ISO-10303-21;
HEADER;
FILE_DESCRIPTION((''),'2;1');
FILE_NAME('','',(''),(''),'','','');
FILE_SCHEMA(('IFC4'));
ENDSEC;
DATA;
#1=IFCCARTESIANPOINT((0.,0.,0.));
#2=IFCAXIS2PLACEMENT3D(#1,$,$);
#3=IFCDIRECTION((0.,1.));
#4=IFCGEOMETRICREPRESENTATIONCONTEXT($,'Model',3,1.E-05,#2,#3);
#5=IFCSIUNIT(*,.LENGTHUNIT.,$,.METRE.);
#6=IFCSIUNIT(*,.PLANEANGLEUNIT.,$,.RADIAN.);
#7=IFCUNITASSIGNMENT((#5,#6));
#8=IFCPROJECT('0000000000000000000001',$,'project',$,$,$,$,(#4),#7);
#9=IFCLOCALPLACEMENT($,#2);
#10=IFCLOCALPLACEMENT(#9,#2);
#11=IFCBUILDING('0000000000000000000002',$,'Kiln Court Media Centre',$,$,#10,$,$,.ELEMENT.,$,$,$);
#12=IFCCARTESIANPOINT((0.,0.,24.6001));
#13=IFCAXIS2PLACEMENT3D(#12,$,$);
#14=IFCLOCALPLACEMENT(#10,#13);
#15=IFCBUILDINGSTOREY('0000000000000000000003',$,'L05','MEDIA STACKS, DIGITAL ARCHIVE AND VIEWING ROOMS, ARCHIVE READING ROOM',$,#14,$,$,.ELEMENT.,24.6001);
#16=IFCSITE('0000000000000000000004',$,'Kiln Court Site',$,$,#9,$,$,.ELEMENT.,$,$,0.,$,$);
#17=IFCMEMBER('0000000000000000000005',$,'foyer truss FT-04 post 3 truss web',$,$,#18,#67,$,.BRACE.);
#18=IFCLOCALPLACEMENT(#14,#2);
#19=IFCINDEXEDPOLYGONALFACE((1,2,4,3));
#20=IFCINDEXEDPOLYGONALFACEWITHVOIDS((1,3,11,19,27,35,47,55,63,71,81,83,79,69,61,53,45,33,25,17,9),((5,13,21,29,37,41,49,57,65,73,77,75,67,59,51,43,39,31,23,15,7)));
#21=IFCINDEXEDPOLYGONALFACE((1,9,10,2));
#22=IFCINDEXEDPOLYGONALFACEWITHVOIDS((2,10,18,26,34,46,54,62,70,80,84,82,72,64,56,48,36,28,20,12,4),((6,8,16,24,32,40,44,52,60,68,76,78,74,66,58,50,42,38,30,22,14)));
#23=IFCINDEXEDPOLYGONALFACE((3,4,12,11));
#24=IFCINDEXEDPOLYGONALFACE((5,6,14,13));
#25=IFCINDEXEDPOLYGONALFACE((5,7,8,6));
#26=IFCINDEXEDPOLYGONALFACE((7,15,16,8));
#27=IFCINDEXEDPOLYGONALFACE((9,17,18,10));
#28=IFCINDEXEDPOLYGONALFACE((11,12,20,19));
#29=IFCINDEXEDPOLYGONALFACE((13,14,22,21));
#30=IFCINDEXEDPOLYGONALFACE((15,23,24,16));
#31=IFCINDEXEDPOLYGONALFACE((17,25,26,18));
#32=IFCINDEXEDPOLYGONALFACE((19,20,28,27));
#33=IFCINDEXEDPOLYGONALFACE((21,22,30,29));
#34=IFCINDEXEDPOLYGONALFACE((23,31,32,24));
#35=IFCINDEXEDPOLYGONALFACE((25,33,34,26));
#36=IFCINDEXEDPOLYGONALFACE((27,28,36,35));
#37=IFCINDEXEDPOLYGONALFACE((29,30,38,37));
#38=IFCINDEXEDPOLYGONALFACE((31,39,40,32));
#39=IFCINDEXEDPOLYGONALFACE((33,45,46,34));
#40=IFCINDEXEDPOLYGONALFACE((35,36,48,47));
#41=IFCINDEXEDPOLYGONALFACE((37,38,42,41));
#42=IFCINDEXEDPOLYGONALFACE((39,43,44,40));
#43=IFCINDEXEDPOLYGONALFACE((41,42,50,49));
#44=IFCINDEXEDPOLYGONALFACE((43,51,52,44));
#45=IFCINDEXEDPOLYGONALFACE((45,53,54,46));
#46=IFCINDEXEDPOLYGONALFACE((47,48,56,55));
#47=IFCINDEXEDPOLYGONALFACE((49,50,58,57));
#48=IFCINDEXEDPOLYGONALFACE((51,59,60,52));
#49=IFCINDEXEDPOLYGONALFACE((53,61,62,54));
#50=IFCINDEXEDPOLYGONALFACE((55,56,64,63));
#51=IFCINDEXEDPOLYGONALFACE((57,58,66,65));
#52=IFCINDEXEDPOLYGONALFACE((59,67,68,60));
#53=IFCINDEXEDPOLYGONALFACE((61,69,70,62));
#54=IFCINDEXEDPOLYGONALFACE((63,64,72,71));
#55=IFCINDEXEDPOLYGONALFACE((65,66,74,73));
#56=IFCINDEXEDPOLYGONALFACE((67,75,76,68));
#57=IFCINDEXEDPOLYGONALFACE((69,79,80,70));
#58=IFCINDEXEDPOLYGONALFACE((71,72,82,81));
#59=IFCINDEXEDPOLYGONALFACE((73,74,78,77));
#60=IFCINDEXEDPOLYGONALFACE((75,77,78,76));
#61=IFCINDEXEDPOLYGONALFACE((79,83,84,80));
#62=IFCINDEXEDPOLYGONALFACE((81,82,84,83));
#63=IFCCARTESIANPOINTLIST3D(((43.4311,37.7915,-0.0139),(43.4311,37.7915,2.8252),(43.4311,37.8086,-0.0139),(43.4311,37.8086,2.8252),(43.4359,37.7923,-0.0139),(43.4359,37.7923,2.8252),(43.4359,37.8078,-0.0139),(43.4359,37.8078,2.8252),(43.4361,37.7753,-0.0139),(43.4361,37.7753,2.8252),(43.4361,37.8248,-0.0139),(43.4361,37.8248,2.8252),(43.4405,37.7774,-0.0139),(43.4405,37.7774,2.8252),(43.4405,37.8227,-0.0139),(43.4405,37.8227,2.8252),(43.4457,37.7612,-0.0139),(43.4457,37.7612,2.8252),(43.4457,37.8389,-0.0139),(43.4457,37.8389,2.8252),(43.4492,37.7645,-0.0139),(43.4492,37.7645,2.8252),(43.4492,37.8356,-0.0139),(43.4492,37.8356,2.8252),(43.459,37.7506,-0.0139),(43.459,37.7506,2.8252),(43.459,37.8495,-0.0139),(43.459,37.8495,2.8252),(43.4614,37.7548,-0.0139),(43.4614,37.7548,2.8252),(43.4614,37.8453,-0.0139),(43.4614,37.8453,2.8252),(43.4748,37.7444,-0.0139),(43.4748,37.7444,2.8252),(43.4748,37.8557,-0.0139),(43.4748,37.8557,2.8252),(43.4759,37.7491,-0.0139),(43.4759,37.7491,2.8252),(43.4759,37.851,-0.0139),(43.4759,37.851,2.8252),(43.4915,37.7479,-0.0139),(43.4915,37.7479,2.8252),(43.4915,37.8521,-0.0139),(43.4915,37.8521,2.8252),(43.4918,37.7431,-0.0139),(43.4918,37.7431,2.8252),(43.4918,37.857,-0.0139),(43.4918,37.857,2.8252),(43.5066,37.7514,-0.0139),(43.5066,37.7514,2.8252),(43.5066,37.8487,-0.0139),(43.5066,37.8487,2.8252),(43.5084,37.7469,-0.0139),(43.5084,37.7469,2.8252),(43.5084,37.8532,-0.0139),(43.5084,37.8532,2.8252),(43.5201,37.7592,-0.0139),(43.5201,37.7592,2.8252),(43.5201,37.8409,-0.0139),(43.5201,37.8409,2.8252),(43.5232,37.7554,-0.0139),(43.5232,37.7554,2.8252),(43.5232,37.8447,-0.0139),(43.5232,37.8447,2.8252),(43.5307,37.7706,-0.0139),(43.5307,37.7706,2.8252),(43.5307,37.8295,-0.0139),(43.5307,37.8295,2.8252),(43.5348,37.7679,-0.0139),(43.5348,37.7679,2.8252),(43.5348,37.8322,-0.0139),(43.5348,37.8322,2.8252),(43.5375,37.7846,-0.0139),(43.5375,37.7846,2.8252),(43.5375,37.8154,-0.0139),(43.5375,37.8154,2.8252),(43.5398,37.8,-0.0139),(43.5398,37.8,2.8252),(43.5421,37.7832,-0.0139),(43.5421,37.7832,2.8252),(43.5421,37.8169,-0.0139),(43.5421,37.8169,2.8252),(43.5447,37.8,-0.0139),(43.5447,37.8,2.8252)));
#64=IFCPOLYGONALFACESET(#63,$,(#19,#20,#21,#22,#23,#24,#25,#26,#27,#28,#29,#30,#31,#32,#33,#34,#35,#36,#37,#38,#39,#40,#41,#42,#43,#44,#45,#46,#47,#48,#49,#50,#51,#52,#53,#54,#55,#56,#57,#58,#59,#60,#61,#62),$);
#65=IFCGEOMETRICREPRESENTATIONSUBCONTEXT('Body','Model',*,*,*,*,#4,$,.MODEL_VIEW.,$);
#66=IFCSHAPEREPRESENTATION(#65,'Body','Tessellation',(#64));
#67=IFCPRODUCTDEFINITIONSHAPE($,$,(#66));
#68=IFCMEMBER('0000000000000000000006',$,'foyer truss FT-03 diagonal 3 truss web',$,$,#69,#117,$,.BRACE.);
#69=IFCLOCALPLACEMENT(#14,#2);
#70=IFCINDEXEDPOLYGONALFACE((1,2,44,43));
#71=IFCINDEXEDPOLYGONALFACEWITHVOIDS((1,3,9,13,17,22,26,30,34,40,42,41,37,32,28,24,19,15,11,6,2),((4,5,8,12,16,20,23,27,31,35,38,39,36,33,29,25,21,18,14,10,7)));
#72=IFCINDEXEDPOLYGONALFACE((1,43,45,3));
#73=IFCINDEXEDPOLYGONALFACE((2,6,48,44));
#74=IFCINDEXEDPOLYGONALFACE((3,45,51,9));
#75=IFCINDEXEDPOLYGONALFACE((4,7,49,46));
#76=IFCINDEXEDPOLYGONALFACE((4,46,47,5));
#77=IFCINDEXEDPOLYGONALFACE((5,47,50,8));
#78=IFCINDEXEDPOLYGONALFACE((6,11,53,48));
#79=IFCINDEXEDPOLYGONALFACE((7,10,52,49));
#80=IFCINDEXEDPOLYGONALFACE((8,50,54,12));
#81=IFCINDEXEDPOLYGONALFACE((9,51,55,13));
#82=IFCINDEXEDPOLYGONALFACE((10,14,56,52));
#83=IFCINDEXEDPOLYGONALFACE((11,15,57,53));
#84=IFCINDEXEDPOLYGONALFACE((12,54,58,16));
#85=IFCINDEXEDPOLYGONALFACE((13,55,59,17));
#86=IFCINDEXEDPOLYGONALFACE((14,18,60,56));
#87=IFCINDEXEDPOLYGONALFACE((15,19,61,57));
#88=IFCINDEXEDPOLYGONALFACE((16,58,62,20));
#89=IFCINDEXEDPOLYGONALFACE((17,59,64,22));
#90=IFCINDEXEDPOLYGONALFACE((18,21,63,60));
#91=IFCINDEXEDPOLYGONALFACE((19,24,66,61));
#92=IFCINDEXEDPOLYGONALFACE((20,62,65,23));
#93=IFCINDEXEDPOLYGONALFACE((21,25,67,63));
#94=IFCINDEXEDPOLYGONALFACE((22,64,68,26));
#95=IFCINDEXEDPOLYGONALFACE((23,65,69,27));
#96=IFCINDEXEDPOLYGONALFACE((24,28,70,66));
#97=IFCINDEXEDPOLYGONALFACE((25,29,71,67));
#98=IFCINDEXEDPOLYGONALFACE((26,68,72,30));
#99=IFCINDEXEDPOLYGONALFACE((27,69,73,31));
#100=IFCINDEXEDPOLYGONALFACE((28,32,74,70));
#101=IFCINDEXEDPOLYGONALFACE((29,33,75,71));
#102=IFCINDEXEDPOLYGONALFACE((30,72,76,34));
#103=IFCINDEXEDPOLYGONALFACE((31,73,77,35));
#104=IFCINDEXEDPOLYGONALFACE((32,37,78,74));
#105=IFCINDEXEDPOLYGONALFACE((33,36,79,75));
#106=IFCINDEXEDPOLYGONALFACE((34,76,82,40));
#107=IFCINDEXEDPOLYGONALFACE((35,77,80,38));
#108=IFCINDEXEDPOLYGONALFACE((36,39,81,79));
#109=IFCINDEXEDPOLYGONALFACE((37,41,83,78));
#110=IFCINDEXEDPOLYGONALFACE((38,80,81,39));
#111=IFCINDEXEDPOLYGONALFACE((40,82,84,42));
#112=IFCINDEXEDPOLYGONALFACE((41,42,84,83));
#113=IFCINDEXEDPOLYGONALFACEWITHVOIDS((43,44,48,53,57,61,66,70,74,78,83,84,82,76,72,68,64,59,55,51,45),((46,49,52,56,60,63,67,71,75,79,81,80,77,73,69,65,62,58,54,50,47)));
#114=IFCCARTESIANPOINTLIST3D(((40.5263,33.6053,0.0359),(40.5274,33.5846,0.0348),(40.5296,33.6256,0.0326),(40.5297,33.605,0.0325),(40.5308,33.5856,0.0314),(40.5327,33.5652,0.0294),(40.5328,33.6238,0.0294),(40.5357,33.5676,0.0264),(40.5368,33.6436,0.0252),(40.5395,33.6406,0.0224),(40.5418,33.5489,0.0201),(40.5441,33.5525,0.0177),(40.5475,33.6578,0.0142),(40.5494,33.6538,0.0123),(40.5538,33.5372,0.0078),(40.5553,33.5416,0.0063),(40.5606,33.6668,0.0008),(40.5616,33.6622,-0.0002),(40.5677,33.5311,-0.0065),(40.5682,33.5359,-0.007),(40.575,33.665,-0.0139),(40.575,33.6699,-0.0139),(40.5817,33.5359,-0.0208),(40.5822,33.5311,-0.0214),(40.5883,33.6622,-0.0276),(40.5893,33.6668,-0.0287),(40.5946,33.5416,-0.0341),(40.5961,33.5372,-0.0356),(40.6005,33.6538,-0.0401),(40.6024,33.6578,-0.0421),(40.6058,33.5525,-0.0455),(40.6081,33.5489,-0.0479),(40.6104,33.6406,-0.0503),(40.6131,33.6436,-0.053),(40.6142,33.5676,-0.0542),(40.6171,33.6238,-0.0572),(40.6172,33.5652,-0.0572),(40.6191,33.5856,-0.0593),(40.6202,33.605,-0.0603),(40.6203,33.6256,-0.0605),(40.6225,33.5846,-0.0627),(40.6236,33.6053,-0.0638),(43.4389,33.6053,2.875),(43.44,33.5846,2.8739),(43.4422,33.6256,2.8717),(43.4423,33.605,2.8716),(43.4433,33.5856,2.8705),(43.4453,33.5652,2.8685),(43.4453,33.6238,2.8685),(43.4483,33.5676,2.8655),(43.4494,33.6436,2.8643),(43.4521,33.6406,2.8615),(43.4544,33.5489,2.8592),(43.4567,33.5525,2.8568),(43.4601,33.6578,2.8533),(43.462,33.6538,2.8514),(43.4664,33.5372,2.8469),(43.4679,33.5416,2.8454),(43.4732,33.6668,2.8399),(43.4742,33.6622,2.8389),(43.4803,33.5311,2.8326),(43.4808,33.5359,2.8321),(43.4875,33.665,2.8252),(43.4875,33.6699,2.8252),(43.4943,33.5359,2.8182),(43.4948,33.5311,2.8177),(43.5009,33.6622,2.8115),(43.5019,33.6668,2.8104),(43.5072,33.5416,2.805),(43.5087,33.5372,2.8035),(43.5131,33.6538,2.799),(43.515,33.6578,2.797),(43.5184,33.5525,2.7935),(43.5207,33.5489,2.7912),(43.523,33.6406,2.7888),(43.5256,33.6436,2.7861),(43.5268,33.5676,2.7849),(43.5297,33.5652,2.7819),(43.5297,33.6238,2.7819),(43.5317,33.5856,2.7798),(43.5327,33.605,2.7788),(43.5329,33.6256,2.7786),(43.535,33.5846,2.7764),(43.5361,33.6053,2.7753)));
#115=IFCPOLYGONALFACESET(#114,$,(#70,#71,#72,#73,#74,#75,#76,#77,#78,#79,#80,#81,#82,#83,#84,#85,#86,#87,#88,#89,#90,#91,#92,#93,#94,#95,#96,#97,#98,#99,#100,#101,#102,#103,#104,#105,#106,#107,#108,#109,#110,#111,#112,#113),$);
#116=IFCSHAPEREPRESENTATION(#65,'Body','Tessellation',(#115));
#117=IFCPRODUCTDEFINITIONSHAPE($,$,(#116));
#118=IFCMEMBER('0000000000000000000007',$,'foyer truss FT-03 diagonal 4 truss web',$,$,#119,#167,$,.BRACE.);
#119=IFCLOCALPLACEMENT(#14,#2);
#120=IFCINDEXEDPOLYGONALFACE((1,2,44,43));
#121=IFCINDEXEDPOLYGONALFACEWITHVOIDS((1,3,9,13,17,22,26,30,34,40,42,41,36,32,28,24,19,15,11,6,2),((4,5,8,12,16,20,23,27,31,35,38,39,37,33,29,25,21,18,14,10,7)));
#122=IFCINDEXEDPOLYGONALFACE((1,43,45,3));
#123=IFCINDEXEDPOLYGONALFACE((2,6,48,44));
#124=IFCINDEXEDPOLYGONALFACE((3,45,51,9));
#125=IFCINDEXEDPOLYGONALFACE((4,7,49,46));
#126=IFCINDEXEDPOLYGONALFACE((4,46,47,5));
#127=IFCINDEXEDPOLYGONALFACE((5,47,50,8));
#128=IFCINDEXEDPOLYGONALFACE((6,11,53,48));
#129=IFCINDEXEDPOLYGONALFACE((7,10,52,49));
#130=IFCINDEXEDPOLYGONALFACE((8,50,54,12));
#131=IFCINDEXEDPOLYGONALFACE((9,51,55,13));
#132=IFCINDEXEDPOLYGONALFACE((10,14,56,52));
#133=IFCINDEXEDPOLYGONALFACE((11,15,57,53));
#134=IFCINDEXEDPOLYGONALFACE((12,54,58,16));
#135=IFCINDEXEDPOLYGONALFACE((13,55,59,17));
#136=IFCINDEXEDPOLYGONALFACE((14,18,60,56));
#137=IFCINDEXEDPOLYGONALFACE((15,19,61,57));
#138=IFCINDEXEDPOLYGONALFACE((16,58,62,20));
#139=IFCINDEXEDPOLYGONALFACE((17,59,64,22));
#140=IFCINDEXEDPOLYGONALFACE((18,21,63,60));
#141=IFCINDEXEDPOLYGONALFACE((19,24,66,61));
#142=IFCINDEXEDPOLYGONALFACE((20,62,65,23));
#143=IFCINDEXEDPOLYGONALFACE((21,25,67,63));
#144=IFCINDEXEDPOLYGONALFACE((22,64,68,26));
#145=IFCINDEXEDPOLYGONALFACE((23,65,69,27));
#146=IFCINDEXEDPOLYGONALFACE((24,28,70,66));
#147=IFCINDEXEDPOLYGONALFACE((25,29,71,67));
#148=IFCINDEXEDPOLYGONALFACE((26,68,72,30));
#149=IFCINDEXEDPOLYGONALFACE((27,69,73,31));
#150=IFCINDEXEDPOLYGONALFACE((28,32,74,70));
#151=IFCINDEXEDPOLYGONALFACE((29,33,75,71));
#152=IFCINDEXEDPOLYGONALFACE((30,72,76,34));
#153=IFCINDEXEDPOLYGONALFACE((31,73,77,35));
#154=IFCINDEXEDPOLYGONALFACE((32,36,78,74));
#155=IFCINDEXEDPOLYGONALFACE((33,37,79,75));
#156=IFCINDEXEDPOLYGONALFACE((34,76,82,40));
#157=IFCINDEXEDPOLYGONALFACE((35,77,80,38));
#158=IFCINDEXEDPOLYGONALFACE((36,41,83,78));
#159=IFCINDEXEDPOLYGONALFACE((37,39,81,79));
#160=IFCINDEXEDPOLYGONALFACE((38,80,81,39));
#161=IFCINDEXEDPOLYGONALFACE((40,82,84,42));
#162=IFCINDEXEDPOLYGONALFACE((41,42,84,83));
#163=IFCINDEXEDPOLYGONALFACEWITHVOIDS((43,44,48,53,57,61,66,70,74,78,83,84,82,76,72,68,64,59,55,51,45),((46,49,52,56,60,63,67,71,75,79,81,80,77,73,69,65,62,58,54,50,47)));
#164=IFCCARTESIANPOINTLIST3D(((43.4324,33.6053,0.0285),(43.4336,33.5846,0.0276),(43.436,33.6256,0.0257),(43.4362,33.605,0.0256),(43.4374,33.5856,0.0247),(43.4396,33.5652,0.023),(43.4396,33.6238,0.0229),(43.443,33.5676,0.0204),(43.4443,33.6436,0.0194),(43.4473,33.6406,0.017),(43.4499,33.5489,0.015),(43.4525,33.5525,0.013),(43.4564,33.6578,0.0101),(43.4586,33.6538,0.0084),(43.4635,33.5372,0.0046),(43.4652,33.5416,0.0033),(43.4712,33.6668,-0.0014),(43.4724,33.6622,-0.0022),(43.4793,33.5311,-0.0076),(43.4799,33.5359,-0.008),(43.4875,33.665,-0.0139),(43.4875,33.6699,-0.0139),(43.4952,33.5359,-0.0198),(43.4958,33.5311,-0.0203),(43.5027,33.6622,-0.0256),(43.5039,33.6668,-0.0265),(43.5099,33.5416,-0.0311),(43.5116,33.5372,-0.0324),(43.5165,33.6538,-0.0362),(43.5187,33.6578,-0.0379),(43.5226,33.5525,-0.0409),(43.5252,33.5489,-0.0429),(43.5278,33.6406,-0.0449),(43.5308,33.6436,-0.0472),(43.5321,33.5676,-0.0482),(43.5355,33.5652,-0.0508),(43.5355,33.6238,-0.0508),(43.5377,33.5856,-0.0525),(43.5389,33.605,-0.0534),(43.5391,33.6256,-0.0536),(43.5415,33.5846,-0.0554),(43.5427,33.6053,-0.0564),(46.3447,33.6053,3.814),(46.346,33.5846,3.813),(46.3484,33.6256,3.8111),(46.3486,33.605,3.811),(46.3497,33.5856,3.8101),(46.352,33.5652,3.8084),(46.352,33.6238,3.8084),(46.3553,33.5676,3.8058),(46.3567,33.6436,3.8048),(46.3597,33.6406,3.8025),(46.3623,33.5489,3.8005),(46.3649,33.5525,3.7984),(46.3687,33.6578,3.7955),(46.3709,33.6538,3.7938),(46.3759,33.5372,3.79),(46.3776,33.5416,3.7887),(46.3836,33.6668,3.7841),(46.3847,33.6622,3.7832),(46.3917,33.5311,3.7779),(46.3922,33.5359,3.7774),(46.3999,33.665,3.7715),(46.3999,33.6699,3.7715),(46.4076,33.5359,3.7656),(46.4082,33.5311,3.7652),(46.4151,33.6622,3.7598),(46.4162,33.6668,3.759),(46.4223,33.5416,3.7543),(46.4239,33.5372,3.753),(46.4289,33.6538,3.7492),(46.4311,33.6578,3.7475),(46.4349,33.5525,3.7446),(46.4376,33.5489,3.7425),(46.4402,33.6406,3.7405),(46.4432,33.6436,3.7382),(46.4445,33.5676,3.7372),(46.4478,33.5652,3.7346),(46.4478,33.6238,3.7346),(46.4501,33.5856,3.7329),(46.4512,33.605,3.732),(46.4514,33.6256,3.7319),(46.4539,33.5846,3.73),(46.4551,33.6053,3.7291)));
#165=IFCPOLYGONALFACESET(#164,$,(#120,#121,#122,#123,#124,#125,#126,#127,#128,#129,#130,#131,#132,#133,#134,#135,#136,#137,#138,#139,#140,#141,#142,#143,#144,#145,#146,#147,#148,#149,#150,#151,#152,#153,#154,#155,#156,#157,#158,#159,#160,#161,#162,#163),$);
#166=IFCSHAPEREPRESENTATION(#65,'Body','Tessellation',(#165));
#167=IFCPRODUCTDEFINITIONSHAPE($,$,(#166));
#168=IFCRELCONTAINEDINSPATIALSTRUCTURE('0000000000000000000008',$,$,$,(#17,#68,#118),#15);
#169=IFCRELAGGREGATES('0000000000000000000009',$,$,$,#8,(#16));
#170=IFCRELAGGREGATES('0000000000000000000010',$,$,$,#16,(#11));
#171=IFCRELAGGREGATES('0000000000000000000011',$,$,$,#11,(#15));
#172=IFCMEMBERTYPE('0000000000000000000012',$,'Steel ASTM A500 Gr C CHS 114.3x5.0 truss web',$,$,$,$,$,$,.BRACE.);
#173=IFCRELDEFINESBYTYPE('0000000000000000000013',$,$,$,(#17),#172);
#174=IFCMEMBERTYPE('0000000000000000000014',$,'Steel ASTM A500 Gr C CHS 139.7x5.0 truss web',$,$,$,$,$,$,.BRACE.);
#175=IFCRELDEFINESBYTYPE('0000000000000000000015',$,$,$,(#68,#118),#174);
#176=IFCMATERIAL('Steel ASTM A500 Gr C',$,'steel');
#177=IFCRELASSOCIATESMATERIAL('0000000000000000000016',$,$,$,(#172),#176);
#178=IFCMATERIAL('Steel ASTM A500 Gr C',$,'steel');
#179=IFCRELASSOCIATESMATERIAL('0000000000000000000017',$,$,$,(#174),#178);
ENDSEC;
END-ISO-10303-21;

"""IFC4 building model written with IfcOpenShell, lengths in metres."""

from ifc_helpers import new_model, si_unit, direction, frame, origin, origin_2d, place, context, subcontext, project, spatial, hollow_circle, extrude, material, material_profile, profile_set, type_object, element, save


model = new_model("IFC4")

# Units and contexts
model_context = context("Model", 3, precision=1e-05, world=origin(), true_north=direction((0.0, 1.0)))
body_context = subcontext(model_context, "Body", "Model", "MODEL_VIEW")
ifc_project = project(units=[si_unit("LENGTHUNIT", "METRE"), si_unit("PLANEANGLEUNIT", "RADIAN")], contexts=[model_context])

# Site, building, storey
site_placement = place(None, origin())
site = spatial("IfcSite", under=ifc_project, at=site_placement, Name="Kiln Court Site", CompositionType="ELEMENT", RefElevation=0.0)
building_placement = place(site_placement, origin())
building = spatial("IfcBuilding", under=site, at=building_placement, Name="Kiln Court Media Centre", CompositionType="ELEMENT")
storey_placement = place(building_placement, frame((0.0, 0.0, 24.6001)))
storey = spatial("IfcBuildingStorey", under=building, at=storey_placement, Name="L05", Description="MEDIA STACKS, DIGITAL ARCHIVE AND VIEWING ROOMS, ARCHIVE READING ROOM", CompositionType="ELEMENT", Elevation=24.6001)

# Members
ifc_material_1 = material(Name="Steel ASTM A500 Gr C", Category="steel")
ifc_material_profile_1 = material_profile(ifc_material_1, hollow_circle(Radius=0.0571, WallThickness=0.0049, at=origin_2d()), Name="CHS 114.3x5.0")
ifc_profile_set_1 = profile_set([ifc_material_profile_1], Name="Steel ASTM A500 Gr C")
member_type_1 = type_object("IfcMemberType", Name="Steel ASTM A500 Gr C CHS 114.3x5.0 truss web", PredefinedType="BRACE", material=ifc_profile_set_1)
member_1_placement = place(storey_placement, frame((43.4875, 37.8, -0.0139), z_axis=(0.0, 0.0, 1.0), x_axis=(1.0, 0.0, 0.0)))
element("IfcMember", 1, at=member_1_placement, inside=storey, type_object=member_type_1, Name="foyer truss FT-04 post 3 truss web", PredefinedType="BRACE", context=body_context, shape_type="SweptSolid", body=[
    extrude(hollow_circle(Radius=0.0571, WallThickness=0.0049, at=origin_2d()), origin(), (0.0, 0.0, 1.0), 2.8391),
])
ifc_material_2 = material(Name="Steel ASTM A500 Gr C", Category="steel")
ifc_material_profile_2 = material_profile(ifc_material_2, hollow_circle(Radius=0.0698, WallThickness=0.0049, at=origin_2d()), Name="CHS 139.7x5.0")
ifc_profile_set_2 = profile_set([ifc_material_profile_2], Name="Steel ASTM A500 Gr C")
member_type_2 = type_object("IfcMemberType", Name="Steel ASTM A500 Gr C CHS 139.7x5.0 truss web", PredefinedType="BRACE", material=ifc_profile_set_2)
member_2_placement = place(storey_placement, frame((40.575, 33.6001, -0.0139), z_axis=(0.716083, 0.0, 0.698016), x_axis=(0.0, 1.0, 0.0)))
element("IfcMember", 2, at=member_2_placement, inside=storey, type_object=member_type_2, Name="foyer truss FT-03 diagonal 3 truss web", PredefinedType="BRACE", context=body_context, shape_type="SweptSolid", body=[
    extrude(hollow_circle(Radius=0.0698, WallThickness=0.0049, at=origin_2d()), origin(), (0.0, 0.0, 1.0), 4.0674),
])
member_3_placement = place(storey_placement, frame((43.4875, 33.6001, -0.0139), z_axis=(0.609777, 0.0, 0.792573), x_axis=(0.0, 1.0, 0.0)))
element("IfcMember", 3, at=member_3_placement, inside=storey, type_object=member_type_2, Name="foyer truss FT-03 diagonal 4 truss web", PredefinedType="BRACE", context=body_context, shape_type="SweptSolid", body=[
    extrude(hollow_circle(Radius=0.0698, WallThickness=0.0049, at=origin_2d()), origin(), (0.0, 0.0, 1.0), 4.7761),
])

save(model, "model.ifc")
